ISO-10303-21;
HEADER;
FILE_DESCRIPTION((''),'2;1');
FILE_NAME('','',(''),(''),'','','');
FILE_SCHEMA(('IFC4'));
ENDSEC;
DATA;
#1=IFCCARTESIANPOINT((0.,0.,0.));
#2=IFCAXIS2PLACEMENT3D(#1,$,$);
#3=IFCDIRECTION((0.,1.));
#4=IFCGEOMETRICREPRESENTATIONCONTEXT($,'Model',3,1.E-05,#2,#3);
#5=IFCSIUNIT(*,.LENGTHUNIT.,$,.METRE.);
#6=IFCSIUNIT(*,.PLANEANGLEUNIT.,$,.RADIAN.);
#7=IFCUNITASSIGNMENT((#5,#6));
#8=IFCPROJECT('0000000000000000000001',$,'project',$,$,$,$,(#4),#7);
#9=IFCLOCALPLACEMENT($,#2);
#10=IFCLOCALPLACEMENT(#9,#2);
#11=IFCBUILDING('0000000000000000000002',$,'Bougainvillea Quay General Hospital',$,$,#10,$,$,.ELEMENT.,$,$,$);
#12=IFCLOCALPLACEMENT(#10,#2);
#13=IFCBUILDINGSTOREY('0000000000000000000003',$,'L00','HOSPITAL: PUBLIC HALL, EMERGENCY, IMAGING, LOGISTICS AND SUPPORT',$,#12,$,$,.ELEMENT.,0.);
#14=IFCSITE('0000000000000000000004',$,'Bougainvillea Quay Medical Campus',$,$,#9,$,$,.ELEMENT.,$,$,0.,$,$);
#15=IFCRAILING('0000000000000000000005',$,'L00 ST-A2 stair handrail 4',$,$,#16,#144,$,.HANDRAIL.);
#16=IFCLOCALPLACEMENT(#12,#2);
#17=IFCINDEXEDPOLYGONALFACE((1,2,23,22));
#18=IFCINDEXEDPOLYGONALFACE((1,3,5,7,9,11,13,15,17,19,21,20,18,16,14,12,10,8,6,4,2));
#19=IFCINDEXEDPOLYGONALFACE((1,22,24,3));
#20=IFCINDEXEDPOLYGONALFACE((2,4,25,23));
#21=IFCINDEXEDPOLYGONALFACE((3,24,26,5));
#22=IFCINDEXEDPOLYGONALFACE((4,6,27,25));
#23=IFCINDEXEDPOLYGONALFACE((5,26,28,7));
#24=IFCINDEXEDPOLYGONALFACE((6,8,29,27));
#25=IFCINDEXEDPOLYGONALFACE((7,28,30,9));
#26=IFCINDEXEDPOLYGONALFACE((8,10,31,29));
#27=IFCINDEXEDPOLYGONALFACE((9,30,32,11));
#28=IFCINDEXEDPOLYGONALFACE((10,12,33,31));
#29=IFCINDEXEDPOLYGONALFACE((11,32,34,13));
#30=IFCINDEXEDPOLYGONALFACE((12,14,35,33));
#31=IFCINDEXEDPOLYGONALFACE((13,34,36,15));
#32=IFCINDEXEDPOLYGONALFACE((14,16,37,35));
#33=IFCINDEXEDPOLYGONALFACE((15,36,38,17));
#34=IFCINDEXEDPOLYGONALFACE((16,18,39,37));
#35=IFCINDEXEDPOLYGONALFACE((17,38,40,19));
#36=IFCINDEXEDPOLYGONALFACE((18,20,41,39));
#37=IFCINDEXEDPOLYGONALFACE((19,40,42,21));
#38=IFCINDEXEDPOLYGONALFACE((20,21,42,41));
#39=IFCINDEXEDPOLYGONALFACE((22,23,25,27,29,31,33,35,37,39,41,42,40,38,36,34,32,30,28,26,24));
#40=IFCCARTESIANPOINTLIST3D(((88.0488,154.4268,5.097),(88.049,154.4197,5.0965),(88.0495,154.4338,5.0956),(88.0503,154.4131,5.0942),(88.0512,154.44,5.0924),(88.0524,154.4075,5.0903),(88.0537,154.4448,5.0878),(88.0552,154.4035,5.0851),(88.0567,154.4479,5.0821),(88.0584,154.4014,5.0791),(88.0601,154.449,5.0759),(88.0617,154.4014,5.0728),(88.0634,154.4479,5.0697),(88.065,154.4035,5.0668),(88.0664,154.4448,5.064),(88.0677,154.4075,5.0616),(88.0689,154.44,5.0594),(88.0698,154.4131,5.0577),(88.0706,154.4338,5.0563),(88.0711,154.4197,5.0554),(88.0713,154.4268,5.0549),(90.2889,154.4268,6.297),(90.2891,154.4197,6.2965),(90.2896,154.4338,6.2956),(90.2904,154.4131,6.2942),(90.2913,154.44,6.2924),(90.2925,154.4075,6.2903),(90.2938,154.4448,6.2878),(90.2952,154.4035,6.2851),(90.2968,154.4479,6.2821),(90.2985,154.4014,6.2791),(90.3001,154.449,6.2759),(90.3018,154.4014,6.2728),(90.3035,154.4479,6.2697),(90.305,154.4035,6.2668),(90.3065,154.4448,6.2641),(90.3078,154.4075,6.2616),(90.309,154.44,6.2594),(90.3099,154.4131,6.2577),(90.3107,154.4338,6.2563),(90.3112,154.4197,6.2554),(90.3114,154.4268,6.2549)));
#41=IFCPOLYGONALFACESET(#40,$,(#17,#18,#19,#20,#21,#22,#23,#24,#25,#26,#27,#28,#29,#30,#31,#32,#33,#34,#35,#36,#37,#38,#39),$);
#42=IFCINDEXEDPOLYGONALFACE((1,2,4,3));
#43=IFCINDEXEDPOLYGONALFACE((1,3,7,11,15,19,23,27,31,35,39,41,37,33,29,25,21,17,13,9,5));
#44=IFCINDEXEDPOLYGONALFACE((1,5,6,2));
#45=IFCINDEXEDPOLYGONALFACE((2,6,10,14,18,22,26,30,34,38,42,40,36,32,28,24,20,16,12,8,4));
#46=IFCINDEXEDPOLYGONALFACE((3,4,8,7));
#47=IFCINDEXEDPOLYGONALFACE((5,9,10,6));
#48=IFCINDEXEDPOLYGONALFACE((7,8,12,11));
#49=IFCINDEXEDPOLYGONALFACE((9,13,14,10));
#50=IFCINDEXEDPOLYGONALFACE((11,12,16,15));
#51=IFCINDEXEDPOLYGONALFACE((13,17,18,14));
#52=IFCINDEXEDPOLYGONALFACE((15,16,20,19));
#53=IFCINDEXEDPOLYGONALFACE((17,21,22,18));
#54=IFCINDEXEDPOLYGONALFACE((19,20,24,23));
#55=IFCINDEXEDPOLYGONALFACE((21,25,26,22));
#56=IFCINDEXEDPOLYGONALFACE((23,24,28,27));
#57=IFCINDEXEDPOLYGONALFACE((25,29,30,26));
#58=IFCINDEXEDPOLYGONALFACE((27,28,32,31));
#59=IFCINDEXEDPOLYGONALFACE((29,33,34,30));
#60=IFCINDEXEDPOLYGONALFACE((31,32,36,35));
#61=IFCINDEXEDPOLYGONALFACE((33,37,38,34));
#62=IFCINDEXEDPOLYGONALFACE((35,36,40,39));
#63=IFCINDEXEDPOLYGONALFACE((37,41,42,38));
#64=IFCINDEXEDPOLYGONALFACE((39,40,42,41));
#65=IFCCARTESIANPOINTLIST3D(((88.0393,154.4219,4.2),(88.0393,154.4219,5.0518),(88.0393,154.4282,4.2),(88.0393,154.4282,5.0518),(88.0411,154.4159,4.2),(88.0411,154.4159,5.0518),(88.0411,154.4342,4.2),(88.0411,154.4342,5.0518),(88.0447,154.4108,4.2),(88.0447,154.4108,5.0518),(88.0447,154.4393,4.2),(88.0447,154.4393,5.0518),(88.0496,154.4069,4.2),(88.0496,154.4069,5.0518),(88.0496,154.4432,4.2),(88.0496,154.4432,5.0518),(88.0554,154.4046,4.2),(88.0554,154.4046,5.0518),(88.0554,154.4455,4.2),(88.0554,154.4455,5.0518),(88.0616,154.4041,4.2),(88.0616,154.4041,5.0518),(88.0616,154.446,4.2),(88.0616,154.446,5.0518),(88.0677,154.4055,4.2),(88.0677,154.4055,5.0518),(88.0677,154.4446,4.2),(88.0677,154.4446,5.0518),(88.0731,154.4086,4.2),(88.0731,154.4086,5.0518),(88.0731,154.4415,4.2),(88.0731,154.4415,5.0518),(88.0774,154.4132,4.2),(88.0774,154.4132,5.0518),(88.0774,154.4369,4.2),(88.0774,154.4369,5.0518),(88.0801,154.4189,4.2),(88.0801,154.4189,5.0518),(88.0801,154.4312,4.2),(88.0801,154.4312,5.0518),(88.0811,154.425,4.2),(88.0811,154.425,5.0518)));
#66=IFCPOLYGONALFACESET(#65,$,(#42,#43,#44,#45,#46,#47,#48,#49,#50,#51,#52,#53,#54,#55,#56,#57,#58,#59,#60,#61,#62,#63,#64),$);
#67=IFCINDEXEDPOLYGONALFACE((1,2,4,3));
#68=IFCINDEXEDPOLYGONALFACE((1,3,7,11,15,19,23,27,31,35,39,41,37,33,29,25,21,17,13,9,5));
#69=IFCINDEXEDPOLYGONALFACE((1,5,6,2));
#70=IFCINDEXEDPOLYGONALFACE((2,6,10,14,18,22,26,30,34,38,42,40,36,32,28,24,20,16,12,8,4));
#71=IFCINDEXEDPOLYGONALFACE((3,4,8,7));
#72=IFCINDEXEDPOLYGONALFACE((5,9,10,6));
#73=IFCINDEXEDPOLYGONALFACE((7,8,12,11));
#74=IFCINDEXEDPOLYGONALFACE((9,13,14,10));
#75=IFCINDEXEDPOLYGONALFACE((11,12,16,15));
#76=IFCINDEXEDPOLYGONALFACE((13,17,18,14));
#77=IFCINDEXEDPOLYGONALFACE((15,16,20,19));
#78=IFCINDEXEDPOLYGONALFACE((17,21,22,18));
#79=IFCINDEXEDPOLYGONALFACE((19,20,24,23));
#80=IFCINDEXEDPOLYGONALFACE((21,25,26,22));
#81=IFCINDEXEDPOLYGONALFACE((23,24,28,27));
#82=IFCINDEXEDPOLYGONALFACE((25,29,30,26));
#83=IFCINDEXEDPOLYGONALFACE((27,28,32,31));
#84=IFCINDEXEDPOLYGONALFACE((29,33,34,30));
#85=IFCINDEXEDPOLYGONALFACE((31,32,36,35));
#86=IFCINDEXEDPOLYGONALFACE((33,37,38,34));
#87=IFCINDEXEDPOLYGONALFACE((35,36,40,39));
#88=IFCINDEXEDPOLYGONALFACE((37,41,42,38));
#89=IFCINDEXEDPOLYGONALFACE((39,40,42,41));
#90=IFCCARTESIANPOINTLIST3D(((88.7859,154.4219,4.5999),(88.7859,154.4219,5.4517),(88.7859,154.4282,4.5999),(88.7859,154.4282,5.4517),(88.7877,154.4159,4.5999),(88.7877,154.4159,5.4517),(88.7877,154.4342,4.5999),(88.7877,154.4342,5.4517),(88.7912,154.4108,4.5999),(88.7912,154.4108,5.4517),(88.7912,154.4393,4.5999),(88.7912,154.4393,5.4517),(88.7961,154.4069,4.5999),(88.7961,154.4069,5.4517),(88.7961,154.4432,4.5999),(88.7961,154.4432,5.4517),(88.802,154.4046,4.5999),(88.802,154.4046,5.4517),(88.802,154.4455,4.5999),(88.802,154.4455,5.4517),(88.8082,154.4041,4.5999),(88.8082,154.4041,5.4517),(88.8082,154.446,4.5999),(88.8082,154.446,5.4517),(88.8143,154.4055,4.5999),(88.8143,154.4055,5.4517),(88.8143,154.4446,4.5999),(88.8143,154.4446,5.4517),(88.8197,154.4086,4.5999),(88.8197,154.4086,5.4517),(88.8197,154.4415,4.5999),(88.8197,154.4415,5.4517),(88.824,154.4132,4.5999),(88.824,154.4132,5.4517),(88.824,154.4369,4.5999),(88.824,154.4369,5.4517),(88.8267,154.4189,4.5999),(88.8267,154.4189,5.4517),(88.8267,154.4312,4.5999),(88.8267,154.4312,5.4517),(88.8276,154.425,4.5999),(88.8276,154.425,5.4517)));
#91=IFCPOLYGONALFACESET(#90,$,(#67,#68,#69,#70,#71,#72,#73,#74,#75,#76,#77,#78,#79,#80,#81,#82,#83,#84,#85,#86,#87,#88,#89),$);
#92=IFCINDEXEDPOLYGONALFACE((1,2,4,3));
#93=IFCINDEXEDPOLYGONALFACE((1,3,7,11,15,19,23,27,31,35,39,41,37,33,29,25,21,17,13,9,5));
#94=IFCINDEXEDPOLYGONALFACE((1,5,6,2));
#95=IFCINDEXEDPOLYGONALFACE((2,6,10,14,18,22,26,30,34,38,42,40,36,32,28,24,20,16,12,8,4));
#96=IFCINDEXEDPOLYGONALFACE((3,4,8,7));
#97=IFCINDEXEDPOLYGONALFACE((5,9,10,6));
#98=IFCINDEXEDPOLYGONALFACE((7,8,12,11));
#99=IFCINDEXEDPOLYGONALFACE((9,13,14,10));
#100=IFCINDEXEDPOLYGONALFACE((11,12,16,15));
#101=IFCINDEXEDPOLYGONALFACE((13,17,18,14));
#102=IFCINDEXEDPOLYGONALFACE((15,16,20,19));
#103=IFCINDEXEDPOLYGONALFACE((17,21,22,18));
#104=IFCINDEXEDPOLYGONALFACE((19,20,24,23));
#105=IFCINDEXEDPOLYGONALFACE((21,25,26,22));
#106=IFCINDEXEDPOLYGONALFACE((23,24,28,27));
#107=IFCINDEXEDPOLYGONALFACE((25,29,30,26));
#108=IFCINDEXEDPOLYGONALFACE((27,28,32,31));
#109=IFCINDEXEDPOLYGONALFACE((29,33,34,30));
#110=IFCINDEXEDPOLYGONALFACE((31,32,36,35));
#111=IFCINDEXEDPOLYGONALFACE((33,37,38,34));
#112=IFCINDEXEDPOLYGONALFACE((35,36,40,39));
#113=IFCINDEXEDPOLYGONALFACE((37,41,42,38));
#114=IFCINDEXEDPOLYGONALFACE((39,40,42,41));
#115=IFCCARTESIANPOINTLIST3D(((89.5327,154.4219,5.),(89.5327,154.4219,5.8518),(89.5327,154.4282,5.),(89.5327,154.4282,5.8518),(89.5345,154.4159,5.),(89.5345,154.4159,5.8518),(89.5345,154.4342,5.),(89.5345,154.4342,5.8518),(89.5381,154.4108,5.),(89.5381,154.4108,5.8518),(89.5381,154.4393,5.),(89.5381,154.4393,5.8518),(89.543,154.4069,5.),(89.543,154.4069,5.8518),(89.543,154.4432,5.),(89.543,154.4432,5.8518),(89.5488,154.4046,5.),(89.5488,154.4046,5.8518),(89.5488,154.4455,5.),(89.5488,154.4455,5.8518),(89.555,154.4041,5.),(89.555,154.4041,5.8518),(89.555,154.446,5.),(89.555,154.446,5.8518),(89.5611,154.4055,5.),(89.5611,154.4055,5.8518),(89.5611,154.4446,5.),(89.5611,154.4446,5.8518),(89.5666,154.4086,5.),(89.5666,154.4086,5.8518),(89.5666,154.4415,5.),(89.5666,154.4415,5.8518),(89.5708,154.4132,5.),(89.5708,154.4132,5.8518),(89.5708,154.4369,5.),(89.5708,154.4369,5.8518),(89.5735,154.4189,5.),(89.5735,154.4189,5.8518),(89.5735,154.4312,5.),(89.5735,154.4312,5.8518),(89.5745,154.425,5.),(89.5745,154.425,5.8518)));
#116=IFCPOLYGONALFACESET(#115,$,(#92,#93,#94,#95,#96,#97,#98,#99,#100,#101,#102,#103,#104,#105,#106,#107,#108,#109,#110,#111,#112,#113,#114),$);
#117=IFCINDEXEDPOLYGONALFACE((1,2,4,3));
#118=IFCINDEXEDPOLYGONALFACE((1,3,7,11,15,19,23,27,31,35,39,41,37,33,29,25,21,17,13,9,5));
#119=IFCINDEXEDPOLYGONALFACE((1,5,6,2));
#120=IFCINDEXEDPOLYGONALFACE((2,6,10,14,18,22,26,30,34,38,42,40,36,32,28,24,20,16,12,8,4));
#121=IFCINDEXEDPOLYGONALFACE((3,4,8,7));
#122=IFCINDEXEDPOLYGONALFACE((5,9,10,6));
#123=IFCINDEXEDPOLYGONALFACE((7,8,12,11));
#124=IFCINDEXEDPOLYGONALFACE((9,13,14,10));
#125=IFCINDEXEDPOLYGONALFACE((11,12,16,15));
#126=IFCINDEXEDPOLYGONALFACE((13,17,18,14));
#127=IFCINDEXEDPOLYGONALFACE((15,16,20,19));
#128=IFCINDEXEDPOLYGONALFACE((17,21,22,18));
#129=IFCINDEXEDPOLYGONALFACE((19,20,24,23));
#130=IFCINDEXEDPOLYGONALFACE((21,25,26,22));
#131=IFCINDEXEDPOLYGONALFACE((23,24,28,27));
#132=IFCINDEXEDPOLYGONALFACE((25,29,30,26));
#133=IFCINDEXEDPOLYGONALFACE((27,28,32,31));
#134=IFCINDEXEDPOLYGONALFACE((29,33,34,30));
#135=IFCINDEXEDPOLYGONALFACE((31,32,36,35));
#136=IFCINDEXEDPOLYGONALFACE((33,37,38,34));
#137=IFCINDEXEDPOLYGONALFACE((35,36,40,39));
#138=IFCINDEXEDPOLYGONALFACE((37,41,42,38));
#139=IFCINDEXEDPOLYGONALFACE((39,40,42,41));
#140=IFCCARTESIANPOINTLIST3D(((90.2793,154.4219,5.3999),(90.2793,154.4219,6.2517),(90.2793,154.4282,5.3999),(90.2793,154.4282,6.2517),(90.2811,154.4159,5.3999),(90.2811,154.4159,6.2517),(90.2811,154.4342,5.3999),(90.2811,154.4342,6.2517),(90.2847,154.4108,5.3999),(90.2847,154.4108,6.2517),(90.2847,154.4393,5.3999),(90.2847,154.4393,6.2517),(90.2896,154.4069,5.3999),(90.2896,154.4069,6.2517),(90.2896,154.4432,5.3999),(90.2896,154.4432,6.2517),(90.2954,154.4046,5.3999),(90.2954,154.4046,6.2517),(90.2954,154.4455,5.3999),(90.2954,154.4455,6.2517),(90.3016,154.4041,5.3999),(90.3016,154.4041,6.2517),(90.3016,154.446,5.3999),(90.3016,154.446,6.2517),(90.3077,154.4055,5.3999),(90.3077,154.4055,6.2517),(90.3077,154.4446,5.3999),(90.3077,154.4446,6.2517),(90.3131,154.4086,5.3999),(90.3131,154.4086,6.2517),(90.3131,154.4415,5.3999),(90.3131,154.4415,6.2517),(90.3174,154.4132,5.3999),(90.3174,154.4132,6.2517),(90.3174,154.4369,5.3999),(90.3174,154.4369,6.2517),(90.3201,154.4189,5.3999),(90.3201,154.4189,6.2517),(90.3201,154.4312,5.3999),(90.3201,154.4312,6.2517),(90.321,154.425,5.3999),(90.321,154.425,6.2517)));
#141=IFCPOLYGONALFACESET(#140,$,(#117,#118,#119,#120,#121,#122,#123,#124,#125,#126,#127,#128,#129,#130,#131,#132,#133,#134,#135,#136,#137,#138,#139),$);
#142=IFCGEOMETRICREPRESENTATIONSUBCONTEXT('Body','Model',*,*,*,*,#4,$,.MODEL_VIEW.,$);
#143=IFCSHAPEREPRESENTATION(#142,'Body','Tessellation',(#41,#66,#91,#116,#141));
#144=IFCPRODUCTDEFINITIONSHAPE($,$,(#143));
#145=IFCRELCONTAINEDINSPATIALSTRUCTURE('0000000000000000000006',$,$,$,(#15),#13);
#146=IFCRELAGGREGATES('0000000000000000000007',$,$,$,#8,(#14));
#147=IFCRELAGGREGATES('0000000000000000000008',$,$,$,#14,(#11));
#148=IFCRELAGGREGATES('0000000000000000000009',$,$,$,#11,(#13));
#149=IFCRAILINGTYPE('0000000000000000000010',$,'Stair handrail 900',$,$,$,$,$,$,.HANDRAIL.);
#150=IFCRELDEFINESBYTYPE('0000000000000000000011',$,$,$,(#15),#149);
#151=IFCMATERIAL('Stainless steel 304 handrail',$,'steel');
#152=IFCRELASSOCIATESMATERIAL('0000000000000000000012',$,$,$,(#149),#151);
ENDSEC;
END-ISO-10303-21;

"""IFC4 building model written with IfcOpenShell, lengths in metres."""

from ifc_helpers import new_model, si_unit, direction, frame, origin, origin_2d, place, context, subcontext, project, spatial, circle, extrude, material, type_object, element, save


model = new_model("IFC4")

# Units and contexts
model_context = context("Model", 3, precision=1e-05, world=origin(), true_north=direction((0.0, 1.0)))
body_context = subcontext(model_context, "Body", "Model", "MODEL_VIEW")
ifc_project = project(units=[si_unit("LENGTHUNIT", "METRE"), si_unit("PLANEANGLEUNIT", "RADIAN")], contexts=[model_context])

# Site, building, storey
site_placement = place(None, origin())
site = spatial("IfcSite", under=ifc_project, at=site_placement, Name="Bougainvillea Quay Medical Campus", CompositionType="ELEMENT", RefElevation=0.0)
building_placement = place(site_placement, origin())
building = spatial("IfcBuilding", under=site, at=building_placement, Name="Bougainvillea Quay General Hospital", CompositionType="ELEMENT")
storey_placement = place(building_placement, origin())
storey = spatial("IfcBuildingStorey", under=building, at=storey_placement, Name="L00", Description="HOSPITAL: PUBLIC HALL, EMERGENCY, IMAGING, LOGISTICS AND SUPPORT", CompositionType="ELEMENT", Elevation=0.0)

# Railing
ifc_material_1 = material(Name="Stainless steel 304 handrail", Category="steel")
railing_type_1 = type_object("IfcRailingType", Name="Stair handrail 900", PredefinedType="HANDRAIL", material=ifc_material_1)
railing_1_placement = place(storey_placement, frame((88.0601, 154.425, 4.2)))
element("IfcRailing", 1, at=railing_1_placement, inside=storey, type_object=railing_type_1, Name="L00 ST-A2 stair handrail 4", PredefinedType="HANDRAIL", context=body_context, shape_type="SweptSolid", body=[
    extrude(circle(Radius=0.0239, at=origin_2d()), frame((0.0, 0.0, 0.876), z_axis=(0.881487, 0.0, 0.472208), x_axis=(0.0, 1.0, 0.0)), (0.0, 0.0, 1.0), 2.5413),
    extrude(circle(Radius=0.021, at=origin_2d()), origin(), (0.0, 0.0, 1.0), 0.8518),
    extrude(circle(Radius=0.021, at=origin_2d()), frame((0.7466, 0.0, 0.3999)), (0.0, 0.0, 1.0), 0.8518),
    extrude(circle(Radius=0.021, at=origin_2d()), frame((1.4934, 0.0, 0.8)), (0.0, 0.0, 1.0), 0.8518),
    extrude(circle(Radius=0.021, at=origin_2d()), frame((2.24, 0.0, 1.2)), (0.0, 0.0, 1.0), 0.8518),
])

save(model, "model.ifc")
